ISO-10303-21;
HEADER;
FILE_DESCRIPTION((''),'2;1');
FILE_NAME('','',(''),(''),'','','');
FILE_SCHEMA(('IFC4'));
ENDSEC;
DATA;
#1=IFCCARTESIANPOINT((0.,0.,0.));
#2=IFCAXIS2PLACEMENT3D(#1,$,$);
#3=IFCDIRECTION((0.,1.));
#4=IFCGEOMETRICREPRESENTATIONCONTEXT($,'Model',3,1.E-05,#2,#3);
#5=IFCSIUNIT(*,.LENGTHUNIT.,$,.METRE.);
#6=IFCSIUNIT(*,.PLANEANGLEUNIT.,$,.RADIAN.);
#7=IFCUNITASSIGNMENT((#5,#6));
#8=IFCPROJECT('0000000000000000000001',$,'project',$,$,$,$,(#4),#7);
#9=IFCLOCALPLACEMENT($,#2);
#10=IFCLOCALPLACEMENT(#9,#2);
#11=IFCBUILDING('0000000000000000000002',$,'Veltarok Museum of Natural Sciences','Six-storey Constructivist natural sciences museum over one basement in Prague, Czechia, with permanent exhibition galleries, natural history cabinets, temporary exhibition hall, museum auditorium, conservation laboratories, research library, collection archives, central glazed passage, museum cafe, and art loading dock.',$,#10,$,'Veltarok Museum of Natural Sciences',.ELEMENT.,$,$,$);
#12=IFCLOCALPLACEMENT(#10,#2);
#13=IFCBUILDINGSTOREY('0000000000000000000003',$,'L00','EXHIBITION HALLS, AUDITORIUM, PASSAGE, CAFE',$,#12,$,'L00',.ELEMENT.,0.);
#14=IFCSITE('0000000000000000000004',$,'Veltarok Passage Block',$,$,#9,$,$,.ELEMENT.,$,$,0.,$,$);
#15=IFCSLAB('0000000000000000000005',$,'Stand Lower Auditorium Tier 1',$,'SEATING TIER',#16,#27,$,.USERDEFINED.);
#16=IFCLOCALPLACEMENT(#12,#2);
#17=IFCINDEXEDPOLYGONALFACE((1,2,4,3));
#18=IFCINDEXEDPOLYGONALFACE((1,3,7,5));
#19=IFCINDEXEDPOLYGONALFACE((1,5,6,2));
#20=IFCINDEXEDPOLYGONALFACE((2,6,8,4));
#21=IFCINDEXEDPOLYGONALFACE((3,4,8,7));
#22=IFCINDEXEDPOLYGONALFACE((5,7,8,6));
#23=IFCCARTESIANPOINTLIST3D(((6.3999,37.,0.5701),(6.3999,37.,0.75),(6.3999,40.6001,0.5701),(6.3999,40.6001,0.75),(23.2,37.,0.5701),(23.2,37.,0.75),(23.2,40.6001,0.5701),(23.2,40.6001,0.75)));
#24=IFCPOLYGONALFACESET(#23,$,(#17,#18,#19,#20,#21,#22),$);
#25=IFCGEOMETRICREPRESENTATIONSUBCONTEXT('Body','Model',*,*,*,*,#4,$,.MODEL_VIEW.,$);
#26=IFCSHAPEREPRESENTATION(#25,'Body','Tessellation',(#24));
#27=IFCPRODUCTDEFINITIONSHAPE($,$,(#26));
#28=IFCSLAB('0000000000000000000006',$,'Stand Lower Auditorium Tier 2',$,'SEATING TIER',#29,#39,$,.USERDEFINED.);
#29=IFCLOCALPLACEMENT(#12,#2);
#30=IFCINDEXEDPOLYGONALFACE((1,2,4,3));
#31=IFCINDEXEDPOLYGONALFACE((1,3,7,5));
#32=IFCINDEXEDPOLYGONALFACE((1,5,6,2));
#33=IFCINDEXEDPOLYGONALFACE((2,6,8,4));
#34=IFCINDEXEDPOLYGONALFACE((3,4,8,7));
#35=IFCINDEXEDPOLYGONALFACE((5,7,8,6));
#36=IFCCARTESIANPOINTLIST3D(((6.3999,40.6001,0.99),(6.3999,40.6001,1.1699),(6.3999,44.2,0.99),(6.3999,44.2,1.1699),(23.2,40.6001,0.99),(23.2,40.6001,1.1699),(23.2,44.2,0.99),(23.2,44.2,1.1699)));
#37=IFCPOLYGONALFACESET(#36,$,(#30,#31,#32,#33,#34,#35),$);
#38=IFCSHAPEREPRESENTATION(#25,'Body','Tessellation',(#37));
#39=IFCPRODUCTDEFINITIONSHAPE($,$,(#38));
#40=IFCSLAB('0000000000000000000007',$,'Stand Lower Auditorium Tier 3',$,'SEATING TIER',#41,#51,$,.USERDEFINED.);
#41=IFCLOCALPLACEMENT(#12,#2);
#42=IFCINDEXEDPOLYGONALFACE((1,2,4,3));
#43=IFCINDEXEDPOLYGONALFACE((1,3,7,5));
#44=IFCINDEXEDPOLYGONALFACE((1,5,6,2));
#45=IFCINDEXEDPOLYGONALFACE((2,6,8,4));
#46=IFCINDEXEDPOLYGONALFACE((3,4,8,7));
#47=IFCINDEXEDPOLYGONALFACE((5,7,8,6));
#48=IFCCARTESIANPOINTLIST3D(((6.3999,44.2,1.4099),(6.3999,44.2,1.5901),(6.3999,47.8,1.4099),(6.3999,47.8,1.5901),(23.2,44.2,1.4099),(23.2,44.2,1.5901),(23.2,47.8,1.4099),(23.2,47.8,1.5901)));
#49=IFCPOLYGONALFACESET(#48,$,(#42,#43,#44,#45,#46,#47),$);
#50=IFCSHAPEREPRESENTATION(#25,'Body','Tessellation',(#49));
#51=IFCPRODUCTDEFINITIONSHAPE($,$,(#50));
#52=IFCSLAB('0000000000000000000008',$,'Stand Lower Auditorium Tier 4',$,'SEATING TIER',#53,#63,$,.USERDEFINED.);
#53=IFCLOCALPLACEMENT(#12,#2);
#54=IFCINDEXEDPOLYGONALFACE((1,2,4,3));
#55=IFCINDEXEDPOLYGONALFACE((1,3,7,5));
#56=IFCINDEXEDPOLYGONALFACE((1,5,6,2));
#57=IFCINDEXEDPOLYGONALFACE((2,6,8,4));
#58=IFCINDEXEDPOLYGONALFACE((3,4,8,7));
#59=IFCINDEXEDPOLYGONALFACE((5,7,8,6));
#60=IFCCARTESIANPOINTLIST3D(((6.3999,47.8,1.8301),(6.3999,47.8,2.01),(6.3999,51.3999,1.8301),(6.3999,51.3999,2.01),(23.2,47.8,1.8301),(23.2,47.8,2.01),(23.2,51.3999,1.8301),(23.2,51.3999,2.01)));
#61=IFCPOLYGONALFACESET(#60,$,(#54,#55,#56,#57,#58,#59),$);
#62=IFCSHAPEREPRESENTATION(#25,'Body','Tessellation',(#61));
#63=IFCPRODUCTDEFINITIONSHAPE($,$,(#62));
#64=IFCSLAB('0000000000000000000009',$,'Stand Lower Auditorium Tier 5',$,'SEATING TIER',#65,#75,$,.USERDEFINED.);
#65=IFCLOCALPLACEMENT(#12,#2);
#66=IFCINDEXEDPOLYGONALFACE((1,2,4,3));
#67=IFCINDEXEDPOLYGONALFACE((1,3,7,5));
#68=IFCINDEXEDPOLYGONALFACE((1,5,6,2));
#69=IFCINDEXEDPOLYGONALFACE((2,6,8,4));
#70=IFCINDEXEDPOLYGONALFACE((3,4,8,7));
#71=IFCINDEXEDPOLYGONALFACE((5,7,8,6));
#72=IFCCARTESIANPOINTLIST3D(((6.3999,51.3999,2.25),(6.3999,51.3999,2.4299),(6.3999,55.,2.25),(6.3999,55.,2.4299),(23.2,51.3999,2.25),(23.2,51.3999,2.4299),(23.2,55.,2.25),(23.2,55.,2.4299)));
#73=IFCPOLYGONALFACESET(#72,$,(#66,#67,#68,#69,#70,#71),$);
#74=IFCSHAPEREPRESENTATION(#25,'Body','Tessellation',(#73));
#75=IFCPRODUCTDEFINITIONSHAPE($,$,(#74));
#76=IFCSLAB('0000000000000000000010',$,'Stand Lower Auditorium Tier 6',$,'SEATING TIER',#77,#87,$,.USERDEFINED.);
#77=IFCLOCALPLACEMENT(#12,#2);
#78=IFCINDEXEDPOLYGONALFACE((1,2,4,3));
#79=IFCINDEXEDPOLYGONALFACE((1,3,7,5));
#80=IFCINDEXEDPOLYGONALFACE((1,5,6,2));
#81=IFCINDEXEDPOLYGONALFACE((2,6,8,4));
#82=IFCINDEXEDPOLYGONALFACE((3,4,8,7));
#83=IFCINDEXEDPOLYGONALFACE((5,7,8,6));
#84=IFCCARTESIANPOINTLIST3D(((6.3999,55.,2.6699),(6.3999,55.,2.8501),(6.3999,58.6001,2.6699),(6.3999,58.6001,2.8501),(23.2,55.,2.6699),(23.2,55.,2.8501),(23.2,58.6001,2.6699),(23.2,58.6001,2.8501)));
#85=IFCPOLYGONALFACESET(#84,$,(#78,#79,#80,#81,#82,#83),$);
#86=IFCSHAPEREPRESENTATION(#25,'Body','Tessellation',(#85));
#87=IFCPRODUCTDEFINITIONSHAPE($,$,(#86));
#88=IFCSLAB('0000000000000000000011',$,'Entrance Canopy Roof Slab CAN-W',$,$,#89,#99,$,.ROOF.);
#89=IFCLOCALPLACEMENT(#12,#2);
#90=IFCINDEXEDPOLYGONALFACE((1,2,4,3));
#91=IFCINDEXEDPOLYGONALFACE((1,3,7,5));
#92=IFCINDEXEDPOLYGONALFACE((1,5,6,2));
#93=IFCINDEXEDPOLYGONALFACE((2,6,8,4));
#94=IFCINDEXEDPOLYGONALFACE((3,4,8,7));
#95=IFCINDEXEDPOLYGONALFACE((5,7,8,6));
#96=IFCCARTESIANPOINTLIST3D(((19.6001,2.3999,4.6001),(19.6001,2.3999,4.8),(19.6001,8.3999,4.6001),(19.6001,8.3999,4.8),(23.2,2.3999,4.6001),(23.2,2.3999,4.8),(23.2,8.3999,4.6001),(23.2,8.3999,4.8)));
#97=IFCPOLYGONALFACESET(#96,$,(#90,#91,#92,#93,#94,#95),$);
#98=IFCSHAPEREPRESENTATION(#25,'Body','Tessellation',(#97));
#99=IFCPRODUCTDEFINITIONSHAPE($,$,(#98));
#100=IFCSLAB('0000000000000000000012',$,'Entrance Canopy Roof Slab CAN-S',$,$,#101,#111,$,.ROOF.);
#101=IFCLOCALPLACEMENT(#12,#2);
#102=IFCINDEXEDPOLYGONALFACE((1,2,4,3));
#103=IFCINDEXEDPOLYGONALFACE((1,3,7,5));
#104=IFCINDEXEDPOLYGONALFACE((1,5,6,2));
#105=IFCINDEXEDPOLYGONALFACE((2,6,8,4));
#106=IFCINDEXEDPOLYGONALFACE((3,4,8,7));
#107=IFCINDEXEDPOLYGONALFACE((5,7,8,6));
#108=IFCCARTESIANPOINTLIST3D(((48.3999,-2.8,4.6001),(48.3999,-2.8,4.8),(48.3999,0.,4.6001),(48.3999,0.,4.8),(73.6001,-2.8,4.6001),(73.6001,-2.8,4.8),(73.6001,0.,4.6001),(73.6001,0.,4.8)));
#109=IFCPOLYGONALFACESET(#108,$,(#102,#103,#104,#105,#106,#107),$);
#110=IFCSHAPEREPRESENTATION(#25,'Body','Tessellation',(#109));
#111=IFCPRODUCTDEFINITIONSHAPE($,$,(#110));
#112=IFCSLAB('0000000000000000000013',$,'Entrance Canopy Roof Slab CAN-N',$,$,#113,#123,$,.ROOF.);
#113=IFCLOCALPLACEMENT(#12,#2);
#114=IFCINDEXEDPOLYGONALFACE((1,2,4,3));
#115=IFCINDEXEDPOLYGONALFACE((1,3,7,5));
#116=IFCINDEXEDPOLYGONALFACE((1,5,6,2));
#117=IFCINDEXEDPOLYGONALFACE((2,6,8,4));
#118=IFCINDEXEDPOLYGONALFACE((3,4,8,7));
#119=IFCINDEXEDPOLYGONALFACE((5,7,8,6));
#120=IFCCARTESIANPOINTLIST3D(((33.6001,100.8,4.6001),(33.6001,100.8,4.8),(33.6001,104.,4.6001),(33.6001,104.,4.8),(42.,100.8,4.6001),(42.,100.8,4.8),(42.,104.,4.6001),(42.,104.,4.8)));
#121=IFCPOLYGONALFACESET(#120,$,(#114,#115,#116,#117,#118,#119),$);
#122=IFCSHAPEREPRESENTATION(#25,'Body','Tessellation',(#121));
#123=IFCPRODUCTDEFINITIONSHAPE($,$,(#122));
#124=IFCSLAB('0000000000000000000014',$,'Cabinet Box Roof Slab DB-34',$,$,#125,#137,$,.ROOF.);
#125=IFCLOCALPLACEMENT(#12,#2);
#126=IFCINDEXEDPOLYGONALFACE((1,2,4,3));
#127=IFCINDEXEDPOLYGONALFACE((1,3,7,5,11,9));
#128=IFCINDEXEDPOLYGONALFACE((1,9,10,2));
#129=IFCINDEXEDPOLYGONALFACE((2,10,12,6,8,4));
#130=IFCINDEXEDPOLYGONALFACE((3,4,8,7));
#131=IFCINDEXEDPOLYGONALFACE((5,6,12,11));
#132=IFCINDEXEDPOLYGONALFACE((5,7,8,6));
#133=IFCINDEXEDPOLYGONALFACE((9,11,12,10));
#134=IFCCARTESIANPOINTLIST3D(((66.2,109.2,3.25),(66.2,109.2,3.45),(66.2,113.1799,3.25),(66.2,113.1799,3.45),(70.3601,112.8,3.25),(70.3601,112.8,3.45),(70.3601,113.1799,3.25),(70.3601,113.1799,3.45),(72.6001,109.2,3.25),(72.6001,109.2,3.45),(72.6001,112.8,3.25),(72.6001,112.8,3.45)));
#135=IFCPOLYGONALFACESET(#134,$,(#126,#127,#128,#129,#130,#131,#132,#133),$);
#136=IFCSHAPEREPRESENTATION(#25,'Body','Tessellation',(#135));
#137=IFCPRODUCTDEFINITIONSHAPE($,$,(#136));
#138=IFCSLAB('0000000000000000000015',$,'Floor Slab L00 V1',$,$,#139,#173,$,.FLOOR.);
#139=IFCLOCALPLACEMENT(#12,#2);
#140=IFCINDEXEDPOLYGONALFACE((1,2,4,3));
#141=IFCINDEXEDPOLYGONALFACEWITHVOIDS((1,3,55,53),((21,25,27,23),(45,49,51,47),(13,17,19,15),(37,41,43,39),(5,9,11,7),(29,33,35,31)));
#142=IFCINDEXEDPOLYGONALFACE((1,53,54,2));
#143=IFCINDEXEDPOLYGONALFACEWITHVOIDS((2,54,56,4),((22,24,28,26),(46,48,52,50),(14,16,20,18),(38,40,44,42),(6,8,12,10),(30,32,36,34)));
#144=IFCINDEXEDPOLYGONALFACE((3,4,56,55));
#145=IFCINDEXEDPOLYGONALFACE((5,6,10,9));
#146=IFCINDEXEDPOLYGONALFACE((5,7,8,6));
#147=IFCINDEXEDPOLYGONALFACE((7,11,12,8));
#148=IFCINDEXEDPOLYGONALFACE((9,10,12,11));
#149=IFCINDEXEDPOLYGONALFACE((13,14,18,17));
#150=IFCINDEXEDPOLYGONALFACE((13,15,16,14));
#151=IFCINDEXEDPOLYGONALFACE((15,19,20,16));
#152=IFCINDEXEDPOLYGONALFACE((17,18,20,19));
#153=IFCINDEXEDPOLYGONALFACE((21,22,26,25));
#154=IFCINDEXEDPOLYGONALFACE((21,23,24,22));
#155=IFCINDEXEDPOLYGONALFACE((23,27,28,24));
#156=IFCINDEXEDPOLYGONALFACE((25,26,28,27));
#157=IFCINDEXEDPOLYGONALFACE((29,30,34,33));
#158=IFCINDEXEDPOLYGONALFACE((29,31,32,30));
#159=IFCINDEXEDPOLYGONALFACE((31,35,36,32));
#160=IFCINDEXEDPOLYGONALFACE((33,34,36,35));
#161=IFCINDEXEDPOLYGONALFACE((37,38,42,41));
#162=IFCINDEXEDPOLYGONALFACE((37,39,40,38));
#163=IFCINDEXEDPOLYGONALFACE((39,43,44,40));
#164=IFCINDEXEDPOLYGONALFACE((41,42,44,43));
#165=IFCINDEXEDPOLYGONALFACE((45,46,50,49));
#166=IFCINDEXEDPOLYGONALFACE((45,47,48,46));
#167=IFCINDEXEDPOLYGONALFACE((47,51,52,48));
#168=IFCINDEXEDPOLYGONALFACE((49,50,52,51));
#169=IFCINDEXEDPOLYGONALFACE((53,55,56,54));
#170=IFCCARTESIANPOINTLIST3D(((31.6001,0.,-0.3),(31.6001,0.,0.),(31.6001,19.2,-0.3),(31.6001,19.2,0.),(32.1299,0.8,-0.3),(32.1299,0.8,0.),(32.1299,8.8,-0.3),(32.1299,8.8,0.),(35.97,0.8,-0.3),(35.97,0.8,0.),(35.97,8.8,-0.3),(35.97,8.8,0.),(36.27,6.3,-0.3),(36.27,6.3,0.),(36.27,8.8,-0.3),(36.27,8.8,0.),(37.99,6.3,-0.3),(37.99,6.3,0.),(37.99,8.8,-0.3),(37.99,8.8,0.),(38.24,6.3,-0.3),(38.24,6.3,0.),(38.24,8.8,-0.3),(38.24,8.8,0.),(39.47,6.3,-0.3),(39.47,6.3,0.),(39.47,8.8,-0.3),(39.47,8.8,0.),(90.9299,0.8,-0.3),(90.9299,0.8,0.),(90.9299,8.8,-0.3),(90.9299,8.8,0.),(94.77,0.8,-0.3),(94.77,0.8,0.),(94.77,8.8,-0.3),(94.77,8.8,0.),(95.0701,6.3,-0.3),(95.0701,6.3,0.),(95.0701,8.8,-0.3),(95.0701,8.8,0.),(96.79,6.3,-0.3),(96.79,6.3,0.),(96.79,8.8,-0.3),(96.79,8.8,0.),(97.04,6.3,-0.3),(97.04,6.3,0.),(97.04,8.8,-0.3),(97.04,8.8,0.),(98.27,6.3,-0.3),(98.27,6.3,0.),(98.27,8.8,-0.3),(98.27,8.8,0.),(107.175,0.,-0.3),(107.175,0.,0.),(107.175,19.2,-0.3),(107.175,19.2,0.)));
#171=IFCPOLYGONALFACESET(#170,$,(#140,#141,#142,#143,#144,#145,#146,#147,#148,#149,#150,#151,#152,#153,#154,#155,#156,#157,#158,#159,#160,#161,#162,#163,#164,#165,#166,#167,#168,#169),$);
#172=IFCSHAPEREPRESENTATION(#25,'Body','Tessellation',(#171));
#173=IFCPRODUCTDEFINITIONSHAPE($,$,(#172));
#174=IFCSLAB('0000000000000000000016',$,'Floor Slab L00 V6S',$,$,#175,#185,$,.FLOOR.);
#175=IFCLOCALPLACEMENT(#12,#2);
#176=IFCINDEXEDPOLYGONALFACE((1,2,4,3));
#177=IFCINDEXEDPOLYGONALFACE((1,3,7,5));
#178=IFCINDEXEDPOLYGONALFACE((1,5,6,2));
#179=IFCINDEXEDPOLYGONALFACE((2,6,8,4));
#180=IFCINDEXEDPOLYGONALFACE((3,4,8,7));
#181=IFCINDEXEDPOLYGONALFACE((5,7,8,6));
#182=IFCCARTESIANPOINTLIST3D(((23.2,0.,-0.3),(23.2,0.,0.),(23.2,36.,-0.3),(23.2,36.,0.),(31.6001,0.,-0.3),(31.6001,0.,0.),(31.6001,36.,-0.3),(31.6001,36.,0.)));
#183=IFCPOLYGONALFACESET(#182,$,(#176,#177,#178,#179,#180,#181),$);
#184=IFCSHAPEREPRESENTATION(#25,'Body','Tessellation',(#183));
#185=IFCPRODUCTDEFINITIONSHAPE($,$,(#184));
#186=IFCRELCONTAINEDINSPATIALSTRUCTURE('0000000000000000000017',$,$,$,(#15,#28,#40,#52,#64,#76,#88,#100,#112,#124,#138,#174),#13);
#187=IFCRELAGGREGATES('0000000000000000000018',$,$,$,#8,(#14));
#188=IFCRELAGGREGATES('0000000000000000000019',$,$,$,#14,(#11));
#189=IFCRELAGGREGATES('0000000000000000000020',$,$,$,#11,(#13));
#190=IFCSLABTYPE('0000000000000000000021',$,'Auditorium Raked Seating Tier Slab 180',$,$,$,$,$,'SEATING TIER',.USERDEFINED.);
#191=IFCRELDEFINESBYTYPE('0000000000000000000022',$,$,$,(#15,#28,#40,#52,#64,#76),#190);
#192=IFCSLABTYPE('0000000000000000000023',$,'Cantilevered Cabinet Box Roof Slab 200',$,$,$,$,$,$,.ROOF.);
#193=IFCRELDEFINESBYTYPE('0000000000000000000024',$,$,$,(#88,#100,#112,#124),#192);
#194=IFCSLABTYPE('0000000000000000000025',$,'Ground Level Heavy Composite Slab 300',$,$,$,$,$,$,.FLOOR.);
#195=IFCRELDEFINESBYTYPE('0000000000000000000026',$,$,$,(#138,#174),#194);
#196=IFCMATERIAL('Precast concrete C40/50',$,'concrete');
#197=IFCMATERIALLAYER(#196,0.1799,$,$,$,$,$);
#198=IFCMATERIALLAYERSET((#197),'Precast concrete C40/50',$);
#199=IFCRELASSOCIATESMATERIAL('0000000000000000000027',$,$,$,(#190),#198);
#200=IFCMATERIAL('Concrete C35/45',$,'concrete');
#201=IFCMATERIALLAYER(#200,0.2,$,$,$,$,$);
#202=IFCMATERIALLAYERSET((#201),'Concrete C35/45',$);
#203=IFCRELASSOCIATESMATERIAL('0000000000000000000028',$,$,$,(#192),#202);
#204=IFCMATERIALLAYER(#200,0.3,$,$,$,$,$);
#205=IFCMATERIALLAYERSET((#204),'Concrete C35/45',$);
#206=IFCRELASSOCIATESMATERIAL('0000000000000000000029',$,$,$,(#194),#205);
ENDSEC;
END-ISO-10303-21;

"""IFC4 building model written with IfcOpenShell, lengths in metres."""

from ifc_helpers import new_model, si_unit, direction, frame, origin, place, context, subcontext, project, spatial, polyline, outline, extrude, material, layer, layer_set, type_object, element, save


model = new_model("IFC4")

# Units and contexts
model_context = context("Model", 3, precision=1e-05, world=origin(), true_north=direction((0.0, 1.0)))
body_context = subcontext(model_context, "Body", "Model", "MODEL_VIEW")
ifc_project = project(units=[si_unit("LENGTHUNIT", "METRE"), si_unit("PLANEANGLEUNIT", "RADIAN")], contexts=[model_context])

# Site, building, storey
site_placement = place(None, origin())
site = spatial("IfcSite", under=ifc_project, at=site_placement, Name="Veltarok Passage Block", CompositionType="ELEMENT", RefElevation=0.0)
building_placement = place(site_placement, origin())
building = spatial("IfcBuilding", under=site, at=building_placement, Name="Veltarok Museum of Natural Sciences", Description="Six-storey Constructivist natural sciences museum over one basement in Prague, Czechia, with permanent exhibition galleries, natural history cabinets, temporary exhibition hall, museum auditorium, conservation laboratories, research library, collection archives, central glazed passage, museum cafe, and art loading dock.", LongName="Veltarok Museum of Natural Sciences", CompositionType="ELEMENT")
storey_placement = place(building_placement, origin())
storey = spatial("IfcBuildingStorey", under=building, at=storey_placement, Name="L00", Description="EXHIBITION HALLS, AUDITORIUM, PASSAGE, CAFE", LongName="L00", CompositionType="ELEMENT", Elevation=0.0)

# Slabs
ifc_material_1 = material(Name="Precast concrete C40/50", Category="concrete")
ifc_layer_1 = layer(ifc_material_1, 0.1799)
ifc_layer_set_1 = layer_set([ifc_layer_1], Name="Precast concrete C40/50")
slab_type_1 = type_object("IfcSlabType", Name="Auditorium Raked Seating Tier Slab 180", ElementType="SEATING TIER", PredefinedType="USERDEFINED", material=ifc_layer_set_1)
slab_1_placement = place(storey_placement, frame((0.0, 0.0, 0.5701)))
element("IfcSlab", 1, at=slab_1_placement, inside=storey, type_object=slab_type_1, Name="Stand Lower Auditorium Tier 1", ObjectType="SEATING TIER", PredefinedType="USERDEFINED", context=body_context, shape_type="SweptSolid", body=[
    extrude(outline(polyline([(6.3999, 37.0), (23.2, 37.0), (23.2, 40.6001), (6.3999, 40.6001), (6.3999, 37.0)])), origin(), (0.0, 0.0, 1.0), 0.1799),
])
slab_2_placement = place(storey_placement, frame((0.0, 0.0, 0.99)))
element("IfcSlab", 2, at=slab_2_placement, inside=storey, type_object=slab_type_1, Name="Stand Lower Auditorium Tier 2", ObjectType="SEATING TIER", PredefinedType="USERDEFINED", context=body_context, shape_type="SweptSolid", body=[
    extrude(outline(polyline([(6.3999, 40.6001), (23.2, 40.6001), (23.2, 44.2), (6.3999, 44.2), (6.3999, 40.6001)])), origin(), (0.0, 0.0, 1.0), 0.1799),
])
slab_3_placement = place(storey_placement, frame((0.0, 0.0, 1.4099)))
element("IfcSlab", 3, at=slab_3_placement, inside=storey, type_object=slab_type_1, Name="Stand Lower Auditorium Tier 3", ObjectType="SEATING TIER", PredefinedType="USERDEFINED", context=body_context, shape_type="SweptSolid", body=[
    extrude(outline(polyline([(6.3999, 44.2), (23.2, 44.2), (23.2, 47.8), (6.3999, 47.8), (6.3999, 44.2)])), origin(), (0.0, 0.0, 1.0), 0.1802),
])
slab_4_placement = place(storey_placement, frame((0.0, 0.0, 1.8301)))
element("IfcSlab", 4, at=slab_4_placement, inside=storey, type_object=slab_type_1, Name="Stand Lower Auditorium Tier 4", ObjectType="SEATING TIER", PredefinedType="USERDEFINED", context=body_context, shape_type="SweptSolid", body=[
    extrude(outline(polyline([(6.3999, 47.8), (23.2, 47.8), (23.2, 51.3999), (6.3999, 51.3999), (6.3999, 47.8)])), origin(), (0.0, 0.0, 1.0), 0.1799),
])
slab_5_placement = place(storey_placement, frame((0.0, 0.0, 2.25)))
element("IfcSlab", 5, at=slab_5_placement, inside=storey, type_object=slab_type_1, Name="Stand Lower Auditorium Tier 5", ObjectType="SEATING TIER", PredefinedType="USERDEFINED", context=body_context, shape_type="SweptSolid", body=[
    extrude(outline(polyline([(6.3999, 51.3999), (23.2, 51.3999), (23.2, 55.0), (6.3999, 55.0), (6.3999, 51.3999)])), origin(), (0.0, 0.0, 1.0), 0.1799),
])
slab_6_placement = place(storey_placement, frame((0.0, 0.0, 2.6699)))
element("IfcSlab", 6, at=slab_6_placement, inside=storey, type_object=slab_type_1, Name="Stand Lower Auditorium Tier 6", ObjectType="SEATING TIER", PredefinedType="USERDEFINED", context=body_context, shape_type="SweptSolid", body=[
    extrude(outline(polyline([(6.3999, 55.0), (23.2, 55.0), (23.2, 58.6001), (6.3999, 58.6001), (6.3999, 55.0)])), origin(), (0.0, 0.0, 1.0), 0.1802),
])
ifc_material_2 = material(Name="Concrete C35/45", Category="concrete")
ifc_layer_2 = layer(ifc_material_2, 0.2)
ifc_layer_set_2 = layer_set([ifc_layer_2], Name="Concrete C35/45")
slab_type_2 = type_object("IfcSlabType", Name="Cantilevered Cabinet Box Roof Slab 200", PredefinedType="ROOF", material=ifc_layer_set_2)
slab_7_placement = place(storey_placement, frame((0.0, 0.0, 4.6001)))
element("IfcSlab", 7, at=slab_7_placement, inside=storey, type_object=slab_type_2, Name="Entrance Canopy Roof Slab CAN-W", PredefinedType="ROOF", context=body_context, shape_type="SweptSolid", body=[
    extrude(outline(polyline([(19.6001, 2.3999), (23.2, 2.3999), (23.2, 8.3999), (19.6001, 8.3999), (19.6001, 2.3999)])), origin(), (0.0, 0.0, 1.0), 0.2),
])
slab_8_placement = place(storey_placement, frame((0.0, 0.0, 4.6001)))
element("IfcSlab", 8, at=slab_8_placement, inside=storey, type_object=slab_type_2, Name="Entrance Canopy Roof Slab CAN-S", PredefinedType="ROOF", context=body_context, shape_type="SweptSolid", body=[
    extrude(outline(polyline([(48.3999, -2.8), (73.6001, -2.8), (73.6001, 0.0), (48.3999, 0.0), (48.3999, -2.8)])), origin(), (0.0, 0.0, 1.0), 0.2),
])
slab_9_placement = place(storey_placement, frame((0.0, 0.0, 4.6001)))
element("IfcSlab", 9, at=slab_9_placement, inside=storey, type_object=slab_type_2, Name="Entrance Canopy Roof Slab CAN-N", PredefinedType="ROOF", context=body_context, shape_type="SweptSolid", body=[
    extrude(outline(polyline([(33.6001, 100.8), (42.0, 100.8), (42.0, 104.0), (33.6001, 104.0), (33.6001, 100.8)])), origin(), (0.0, 0.0, 1.0), 0.2),
])
slab_10_placement = place(storey_placement, frame((0.0, 0.0, 3.25)))
element("IfcSlab", 10, at=slab_10_placement, inside=storey, type_object=slab_type_2, Name="Cabinet Box Roof Slab DB-34", PredefinedType="ROOF", context=body_context, shape_type="SweptSolid", body=[
    extrude(outline(polyline([(66.2, 109.2), (72.6001, 109.2), (72.6001, 112.8), (70.3601, 112.8), (70.3601, 113.1799), (66.2, 113.1799), (66.2, 109.2)])), origin(), (0.0, 0.0, 1.0), 0.2),
])
ifc_layer_3 = layer(ifc_material_2, 0.3)
ifc_layer_set_3 = layer_set([ifc_layer_3], Name="Concrete C35/45")
slab_type_3 = type_object("IfcSlabType", Name="Ground Level Heavy Composite Slab 300", PredefinedType="FLOOR", material=ifc_layer_set_3)
slab_11_placement = place(storey_placement, frame((0.0, 0.0, -0.3)))
element("IfcSlab", 11, at=slab_11_placement, inside=storey, type_object=slab_type_3, Name="Floor Slab L00 V1", PredefinedType="FLOOR", context=body_context, shape_type="SweptSolid", body=[
    extrude(outline(polyline([(31.6001, 0.0), (31.6001, 19.2), (107.175, 19.2), (107.175, 0.0), (31.6001, 0.0)]), holes=[polyline([(32.1299, 8.8), (32.1299, 0.8), (35.97, 0.8), (35.97, 8.8), (32.1299, 8.8)]), polyline([(94.77, 8.8), (90.9299, 8.8), (90.9299, 0.8), (94.77, 0.8), (94.77, 8.8)]), polyline([(37.99, 8.8), (36.27, 8.8), (36.27, 6.3), (37.99, 6.3), (37.99, 8.8)]), polyline([(38.24, 8.8), (38.24, 6.3), (39.47, 6.3), (39.47, 8.8), (38.24, 8.8)]), polyline([(96.79, 8.8), (95.0701, 8.8), (95.0701, 6.3), (96.79, 6.3), (96.79, 8.8)]), polyline([(98.27, 8.8), (97.04, 8.8), (97.04, 6.3), (98.27, 6.3), (98.27, 8.8)])]), origin(), (0.0, 0.0, 1.0), 0.3),
])
slab_12_placement = place(storey_placement, frame((0.0, 0.0, -0.3)))
element("IfcSlab", 12, at=slab_12_placement, inside=storey, type_object=slab_type_3, Name="Floor Slab L00 V6S", PredefinedType="FLOOR", context=body_context, shape_type="SweptSolid", body=[
    extrude(outline(polyline([(23.2, 0.0), (23.2, 36.0), (31.6001, 36.0), (31.6001, 0.0), (23.2, 0.0)])), origin(), (0.0, 0.0, 1.0), 0.3),
])

save(model, "model.ifc")
